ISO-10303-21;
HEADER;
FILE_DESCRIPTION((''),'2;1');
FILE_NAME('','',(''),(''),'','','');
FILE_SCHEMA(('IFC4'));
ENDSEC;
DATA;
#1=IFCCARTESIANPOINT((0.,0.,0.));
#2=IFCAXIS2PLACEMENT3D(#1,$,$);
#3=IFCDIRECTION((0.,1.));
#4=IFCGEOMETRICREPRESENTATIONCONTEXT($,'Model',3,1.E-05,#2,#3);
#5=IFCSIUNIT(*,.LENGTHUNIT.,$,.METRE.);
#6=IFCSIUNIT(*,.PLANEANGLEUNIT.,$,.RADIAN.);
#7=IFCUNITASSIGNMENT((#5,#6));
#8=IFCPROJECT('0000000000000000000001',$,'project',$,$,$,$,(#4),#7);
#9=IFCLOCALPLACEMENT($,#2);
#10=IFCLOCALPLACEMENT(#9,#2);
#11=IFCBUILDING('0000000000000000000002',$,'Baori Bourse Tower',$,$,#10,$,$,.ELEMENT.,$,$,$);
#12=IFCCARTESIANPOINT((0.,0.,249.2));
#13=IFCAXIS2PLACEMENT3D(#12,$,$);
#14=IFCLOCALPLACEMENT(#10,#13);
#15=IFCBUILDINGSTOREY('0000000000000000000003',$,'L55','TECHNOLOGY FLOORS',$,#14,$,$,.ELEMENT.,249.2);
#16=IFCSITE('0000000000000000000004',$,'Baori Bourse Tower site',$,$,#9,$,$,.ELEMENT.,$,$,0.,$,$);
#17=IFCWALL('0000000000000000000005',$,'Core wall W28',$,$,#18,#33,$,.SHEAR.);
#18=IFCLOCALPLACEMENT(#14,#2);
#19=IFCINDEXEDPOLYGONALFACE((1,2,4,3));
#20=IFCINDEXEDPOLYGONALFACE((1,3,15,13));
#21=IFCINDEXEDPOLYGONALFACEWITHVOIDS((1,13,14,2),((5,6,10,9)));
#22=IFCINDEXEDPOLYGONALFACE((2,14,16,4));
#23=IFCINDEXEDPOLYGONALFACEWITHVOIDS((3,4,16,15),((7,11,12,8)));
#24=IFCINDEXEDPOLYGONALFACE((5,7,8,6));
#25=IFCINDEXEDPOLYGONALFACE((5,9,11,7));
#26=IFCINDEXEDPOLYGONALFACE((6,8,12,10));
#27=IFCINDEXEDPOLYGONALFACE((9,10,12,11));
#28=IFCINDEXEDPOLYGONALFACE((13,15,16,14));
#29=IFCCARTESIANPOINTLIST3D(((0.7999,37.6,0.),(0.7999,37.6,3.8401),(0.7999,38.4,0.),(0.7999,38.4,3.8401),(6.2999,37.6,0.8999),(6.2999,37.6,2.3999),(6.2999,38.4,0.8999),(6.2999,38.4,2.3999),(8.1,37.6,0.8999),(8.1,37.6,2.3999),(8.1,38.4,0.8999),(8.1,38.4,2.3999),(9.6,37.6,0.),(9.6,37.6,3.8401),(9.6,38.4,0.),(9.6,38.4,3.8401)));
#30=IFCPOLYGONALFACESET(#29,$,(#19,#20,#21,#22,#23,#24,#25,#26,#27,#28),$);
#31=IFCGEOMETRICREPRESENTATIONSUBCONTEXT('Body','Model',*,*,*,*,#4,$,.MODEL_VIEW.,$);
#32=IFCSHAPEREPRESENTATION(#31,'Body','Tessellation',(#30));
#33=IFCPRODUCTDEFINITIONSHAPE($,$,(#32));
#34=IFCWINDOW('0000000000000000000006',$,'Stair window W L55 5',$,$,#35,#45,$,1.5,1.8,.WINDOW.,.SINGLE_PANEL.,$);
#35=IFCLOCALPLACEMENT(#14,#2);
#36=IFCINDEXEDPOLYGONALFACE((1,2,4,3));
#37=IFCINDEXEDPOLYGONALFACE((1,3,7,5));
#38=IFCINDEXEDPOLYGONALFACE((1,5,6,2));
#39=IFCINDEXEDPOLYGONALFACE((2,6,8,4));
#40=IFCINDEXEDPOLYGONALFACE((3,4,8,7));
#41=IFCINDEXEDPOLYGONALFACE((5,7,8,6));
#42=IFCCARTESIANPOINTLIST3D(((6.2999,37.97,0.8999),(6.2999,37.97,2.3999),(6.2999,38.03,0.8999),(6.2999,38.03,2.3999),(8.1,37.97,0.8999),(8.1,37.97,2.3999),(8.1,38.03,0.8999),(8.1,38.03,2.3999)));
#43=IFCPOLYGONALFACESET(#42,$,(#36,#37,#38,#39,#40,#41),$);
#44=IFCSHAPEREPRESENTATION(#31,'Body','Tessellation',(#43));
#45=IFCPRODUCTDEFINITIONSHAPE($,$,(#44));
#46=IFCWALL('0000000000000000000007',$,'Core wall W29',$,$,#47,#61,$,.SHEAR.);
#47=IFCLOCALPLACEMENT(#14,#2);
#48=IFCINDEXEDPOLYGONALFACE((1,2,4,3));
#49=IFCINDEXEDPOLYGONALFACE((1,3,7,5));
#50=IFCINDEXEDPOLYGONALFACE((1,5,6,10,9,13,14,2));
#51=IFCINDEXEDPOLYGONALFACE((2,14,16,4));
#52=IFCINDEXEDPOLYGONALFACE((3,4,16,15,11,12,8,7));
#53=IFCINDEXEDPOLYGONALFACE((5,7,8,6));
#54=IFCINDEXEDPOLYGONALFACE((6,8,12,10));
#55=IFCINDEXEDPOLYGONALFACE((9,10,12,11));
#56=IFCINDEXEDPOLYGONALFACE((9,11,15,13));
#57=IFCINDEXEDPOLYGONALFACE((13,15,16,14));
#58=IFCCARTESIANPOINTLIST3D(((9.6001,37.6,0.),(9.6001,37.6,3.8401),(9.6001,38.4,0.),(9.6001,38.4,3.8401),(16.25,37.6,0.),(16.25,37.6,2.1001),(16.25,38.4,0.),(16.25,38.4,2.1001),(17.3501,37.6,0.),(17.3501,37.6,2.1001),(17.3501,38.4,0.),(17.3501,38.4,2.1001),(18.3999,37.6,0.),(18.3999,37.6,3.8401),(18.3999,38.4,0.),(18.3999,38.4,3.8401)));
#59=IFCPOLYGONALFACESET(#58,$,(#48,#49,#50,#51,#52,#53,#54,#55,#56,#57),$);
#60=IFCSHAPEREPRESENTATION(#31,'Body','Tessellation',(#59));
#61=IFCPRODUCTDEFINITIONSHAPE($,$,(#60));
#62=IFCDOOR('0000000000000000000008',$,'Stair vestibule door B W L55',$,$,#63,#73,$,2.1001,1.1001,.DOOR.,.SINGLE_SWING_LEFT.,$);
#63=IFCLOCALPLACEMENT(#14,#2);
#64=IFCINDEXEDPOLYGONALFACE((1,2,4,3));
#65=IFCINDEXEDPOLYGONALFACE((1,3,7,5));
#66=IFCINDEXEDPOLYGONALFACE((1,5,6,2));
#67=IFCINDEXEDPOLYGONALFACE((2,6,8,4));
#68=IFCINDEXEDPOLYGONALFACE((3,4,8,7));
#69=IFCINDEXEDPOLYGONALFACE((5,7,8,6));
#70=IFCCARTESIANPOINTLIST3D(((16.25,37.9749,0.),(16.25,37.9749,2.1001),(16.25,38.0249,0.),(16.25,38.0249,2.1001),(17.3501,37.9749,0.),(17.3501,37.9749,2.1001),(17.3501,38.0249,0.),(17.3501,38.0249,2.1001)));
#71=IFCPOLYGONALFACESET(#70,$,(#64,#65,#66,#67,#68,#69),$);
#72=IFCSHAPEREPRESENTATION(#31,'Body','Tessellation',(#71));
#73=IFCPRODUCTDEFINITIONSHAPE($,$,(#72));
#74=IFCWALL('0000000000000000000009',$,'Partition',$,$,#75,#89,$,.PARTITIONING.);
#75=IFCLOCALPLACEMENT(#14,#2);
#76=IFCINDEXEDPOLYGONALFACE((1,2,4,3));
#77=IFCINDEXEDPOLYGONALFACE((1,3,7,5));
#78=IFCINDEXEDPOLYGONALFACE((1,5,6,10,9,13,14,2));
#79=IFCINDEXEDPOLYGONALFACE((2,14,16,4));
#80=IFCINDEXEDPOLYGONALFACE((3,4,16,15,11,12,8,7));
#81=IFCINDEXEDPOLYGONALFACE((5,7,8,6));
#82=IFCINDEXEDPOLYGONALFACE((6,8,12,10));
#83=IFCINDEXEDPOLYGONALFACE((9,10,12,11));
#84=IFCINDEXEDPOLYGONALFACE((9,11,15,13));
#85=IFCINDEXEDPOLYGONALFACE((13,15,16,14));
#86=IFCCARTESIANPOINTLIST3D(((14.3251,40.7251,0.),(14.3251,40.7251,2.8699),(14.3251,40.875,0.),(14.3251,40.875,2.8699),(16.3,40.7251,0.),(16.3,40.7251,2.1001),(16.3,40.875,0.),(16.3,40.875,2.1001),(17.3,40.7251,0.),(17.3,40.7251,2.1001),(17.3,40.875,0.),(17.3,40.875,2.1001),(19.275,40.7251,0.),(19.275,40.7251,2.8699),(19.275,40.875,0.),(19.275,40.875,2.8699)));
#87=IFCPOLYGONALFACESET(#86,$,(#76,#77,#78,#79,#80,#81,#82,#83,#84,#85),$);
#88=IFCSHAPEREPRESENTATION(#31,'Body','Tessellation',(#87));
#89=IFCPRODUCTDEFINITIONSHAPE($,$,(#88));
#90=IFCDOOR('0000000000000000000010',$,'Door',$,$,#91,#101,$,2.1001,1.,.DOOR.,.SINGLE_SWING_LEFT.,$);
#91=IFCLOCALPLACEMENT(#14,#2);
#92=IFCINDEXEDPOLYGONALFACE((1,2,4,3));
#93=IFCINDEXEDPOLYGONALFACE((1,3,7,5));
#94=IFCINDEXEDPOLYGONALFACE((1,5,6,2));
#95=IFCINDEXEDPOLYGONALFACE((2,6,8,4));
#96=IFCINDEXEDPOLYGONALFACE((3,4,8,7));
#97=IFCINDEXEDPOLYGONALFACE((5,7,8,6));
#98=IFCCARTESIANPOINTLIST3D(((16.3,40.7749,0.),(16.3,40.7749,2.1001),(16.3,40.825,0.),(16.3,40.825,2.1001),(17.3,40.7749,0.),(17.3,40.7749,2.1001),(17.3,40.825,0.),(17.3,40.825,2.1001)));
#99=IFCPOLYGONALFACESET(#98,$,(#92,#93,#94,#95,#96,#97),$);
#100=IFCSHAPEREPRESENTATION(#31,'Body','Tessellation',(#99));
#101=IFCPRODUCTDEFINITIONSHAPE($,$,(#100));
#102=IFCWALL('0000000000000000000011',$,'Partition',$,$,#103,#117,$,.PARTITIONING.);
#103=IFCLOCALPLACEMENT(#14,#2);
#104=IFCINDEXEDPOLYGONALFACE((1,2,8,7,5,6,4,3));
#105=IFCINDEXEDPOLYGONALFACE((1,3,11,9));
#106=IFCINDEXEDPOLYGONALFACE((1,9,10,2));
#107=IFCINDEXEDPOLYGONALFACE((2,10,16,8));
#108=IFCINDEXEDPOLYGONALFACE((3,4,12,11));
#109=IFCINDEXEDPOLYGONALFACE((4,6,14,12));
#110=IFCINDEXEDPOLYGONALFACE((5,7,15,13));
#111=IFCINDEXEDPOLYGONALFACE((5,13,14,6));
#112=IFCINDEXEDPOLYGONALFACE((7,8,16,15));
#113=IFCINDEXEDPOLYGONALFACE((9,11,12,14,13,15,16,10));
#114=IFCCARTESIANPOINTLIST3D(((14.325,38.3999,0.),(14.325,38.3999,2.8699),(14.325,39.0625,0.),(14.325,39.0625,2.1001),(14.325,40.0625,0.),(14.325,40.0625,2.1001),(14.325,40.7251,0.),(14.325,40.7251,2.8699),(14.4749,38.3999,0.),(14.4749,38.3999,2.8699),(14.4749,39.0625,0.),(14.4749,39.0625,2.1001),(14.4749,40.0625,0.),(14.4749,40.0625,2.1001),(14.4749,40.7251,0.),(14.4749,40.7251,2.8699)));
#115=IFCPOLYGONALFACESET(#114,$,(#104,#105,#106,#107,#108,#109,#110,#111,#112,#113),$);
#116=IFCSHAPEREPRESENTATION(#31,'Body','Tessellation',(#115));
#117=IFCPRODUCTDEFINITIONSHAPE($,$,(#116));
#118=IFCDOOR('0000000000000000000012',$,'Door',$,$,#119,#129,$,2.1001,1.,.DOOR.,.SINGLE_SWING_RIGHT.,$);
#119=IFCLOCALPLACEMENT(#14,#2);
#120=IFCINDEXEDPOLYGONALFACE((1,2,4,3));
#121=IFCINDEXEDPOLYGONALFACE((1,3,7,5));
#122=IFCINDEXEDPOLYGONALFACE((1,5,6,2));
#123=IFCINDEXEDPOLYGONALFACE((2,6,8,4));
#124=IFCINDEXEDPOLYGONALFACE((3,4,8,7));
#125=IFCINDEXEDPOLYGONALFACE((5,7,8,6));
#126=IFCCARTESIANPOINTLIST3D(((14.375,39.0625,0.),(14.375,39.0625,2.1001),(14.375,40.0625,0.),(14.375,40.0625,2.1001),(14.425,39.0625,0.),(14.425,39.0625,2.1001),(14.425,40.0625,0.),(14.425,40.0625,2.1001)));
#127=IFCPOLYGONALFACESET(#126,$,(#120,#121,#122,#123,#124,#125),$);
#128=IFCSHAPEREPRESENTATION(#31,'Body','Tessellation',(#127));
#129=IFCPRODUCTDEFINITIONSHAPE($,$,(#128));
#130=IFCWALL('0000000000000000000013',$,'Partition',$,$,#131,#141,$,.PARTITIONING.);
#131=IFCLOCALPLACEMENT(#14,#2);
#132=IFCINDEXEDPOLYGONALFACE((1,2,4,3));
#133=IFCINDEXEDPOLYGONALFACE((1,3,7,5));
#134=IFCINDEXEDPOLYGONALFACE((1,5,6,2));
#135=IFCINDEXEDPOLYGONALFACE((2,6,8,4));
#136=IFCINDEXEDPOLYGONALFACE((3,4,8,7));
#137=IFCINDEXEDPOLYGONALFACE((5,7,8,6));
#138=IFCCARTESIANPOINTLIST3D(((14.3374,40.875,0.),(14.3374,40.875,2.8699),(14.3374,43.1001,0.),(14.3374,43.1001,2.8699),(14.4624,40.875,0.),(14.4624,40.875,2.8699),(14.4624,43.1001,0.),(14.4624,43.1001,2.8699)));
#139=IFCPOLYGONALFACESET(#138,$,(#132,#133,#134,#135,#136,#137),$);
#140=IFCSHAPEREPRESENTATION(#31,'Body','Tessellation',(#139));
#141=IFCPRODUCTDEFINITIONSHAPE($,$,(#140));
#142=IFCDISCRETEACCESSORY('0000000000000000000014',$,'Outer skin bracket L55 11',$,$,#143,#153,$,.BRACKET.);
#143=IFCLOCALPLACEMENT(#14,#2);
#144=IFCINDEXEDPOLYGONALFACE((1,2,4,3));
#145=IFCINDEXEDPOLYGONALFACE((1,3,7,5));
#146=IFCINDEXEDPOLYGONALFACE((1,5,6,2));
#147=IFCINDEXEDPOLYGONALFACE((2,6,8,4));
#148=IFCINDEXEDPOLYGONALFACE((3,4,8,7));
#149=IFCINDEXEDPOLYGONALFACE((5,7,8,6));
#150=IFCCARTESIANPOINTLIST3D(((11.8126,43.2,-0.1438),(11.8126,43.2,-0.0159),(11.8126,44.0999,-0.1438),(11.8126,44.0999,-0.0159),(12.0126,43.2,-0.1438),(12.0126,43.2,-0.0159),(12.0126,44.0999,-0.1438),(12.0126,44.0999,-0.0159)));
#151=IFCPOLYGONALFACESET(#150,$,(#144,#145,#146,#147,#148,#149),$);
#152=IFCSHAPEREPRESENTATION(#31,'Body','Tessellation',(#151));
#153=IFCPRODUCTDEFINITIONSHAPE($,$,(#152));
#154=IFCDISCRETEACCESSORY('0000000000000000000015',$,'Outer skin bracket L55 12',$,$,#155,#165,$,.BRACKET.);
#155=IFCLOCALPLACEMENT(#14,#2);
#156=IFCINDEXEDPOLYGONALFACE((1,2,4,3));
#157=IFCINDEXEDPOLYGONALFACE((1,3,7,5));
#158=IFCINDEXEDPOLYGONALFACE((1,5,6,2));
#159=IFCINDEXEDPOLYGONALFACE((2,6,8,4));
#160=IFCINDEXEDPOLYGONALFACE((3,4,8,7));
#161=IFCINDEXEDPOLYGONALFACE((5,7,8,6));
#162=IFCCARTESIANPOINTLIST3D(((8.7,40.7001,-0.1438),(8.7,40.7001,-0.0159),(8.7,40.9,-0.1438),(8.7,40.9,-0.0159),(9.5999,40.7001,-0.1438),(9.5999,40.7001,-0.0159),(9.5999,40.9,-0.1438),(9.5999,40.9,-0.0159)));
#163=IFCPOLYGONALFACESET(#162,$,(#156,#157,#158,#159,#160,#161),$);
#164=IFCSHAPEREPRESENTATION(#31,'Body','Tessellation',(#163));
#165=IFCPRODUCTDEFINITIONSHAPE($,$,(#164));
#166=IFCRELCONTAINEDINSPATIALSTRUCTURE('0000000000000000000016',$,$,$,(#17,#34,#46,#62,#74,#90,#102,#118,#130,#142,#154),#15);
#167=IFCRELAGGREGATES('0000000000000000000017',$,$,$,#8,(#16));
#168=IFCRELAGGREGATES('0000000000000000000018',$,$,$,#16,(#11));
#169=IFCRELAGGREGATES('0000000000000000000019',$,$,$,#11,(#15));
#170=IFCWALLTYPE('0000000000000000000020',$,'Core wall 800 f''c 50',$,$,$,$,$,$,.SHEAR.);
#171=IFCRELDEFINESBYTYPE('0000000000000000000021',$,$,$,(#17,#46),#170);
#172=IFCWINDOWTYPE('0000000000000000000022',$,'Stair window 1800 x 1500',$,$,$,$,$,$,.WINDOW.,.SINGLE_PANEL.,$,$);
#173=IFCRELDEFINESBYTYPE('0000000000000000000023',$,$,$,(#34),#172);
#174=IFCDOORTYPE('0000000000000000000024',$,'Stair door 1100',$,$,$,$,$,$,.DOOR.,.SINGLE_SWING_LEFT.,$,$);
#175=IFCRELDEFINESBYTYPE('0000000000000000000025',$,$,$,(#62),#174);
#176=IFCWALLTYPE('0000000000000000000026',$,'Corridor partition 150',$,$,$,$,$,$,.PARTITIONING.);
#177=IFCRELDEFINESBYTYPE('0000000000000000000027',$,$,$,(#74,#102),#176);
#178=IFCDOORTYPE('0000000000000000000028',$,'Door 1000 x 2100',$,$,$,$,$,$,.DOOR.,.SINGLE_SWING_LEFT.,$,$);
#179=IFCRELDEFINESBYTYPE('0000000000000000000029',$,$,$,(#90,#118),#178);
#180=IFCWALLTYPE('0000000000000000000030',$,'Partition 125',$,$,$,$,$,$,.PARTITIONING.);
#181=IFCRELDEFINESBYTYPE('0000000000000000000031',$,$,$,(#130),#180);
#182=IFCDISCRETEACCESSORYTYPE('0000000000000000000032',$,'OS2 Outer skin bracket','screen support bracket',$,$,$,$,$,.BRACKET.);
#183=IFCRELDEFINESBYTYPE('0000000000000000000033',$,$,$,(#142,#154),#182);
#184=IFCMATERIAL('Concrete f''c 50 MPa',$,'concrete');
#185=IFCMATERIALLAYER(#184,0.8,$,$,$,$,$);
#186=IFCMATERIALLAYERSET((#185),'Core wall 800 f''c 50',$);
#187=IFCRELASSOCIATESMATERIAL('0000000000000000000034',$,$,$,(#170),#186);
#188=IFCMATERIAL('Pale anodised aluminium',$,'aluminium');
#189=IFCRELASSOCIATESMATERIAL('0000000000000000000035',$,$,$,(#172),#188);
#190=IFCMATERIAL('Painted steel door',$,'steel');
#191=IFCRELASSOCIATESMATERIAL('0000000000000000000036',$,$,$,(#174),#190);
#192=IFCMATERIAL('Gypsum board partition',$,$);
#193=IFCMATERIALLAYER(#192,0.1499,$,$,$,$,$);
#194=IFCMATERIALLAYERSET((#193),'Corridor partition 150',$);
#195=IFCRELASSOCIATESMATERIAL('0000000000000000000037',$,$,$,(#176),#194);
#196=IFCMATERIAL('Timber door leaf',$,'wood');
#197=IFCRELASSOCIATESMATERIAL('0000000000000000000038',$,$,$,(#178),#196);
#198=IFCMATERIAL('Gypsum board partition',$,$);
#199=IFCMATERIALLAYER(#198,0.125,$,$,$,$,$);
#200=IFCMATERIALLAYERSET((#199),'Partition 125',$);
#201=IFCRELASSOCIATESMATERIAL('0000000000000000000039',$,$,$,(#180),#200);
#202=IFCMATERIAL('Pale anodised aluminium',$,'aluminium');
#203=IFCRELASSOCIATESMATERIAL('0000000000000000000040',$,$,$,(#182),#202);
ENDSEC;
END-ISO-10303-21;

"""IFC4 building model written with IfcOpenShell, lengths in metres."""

from ifc_helpers import new_model, si_unit, direction, frame, frame_2d, origin, origin_2d, place, context, subcontext, project, spatial, rectangle, extrude, material, layer, layer_set, type_object, element, fill, save


model = new_model("IFC4")

# Units and contexts
model_context = context("Model", 3, precision=1e-05, world=origin(), true_north=direction((0.0, 1.0)))
body_context = subcontext(model_context, "Body", "Model", "MODEL_VIEW")
ifc_project = project(units=[si_unit("LENGTHUNIT", "METRE"), si_unit("PLANEANGLEUNIT", "RADIAN")], contexts=[model_context])

# Site, building, storey
site_placement = place(None, origin())
site = spatial("IfcSite", under=ifc_project, at=site_placement, Name="Baori Bourse Tower site", CompositionType="ELEMENT", RefElevation=0.0)
building_placement = place(site_placement, origin())
building = spatial("IfcBuilding", under=site, at=building_placement, Name="Baori Bourse Tower", CompositionType="ELEMENT")
storey_placement = place(building_placement, frame((0.0, 0.0, 249.2)))
storey = spatial("IfcBuildingStorey", under=building, at=storey_placement, Name="L55", Description="TECHNOLOGY FLOORS", CompositionType="ELEMENT", Elevation=249.2)

# Wall, opening, window
ifc_material_1 = material(Name="Concrete f'c 50 MPa", Category="concrete")
ifc_layer_1 = layer(ifc_material_1, 0.8)
ifc_layer_set_1 = layer_set([ifc_layer_1], Name="Core wall 800 f'c 50")
wall_type_1 = type_object("IfcWallType", Name="Core wall 800 f'c 50", PredefinedType="SHEAR", material=ifc_layer_set_1)
wall_1_placement = place(storey_placement, frame((0.8, 38.0, 0.0), z_axis=(0.0, 0.0, 1.0), x_axis=(1.0, 0.0, 0.0)))
wall_1 = element("IfcWall", 1, at=wall_1_placement, inside=storey, type_object=wall_type_1, Name="Core wall W28", PredefinedType="SHEAR", context=body_context, shape_type="SweptSolid", body=[
    extrude(rectangle(XDim=8.8, YDim=0.8, at=frame_2d((4.3999, 0.0))), origin(), (0.0, 0.0, 1.0), 3.8401),
])
opening_1_placement = place(wall_1_placement, frame((5.5, 0.0, 0.8999)))
opening_1 = element("IfcOpeningElement", 2, at=opening_1_placement, cuts=wall_1, PredefinedType="OPENING", context=body_context, shape_type="SweptSolid", body=[
    extrude(rectangle(XDim=1.8, YDim=1.5, at=frame_2d((0.8999, 0.75))), frame((0.0, 0.4099, 0.0), z_axis=(0.0, -1.0, 0.0), x_axis=(1.0, 0.0, 0.0)), (0.0, 0.0, 1.0), 0.8201),
])
ifc_material_2 = material(Name="Pale anodised aluminium", Category="aluminium")
window_type = type_object("IfcWindowType", Name="Stair window 1800 x 1500", PartitioningType="SINGLE_PANEL", PredefinedType="WINDOW", material=ifc_material_2)
window_placement = place(opening_1_placement, origin())
window = element("IfcWindow", 3, at=window_placement, inside=storey, type_object=window_type, Name="Stair window W L55 5", OverallHeight=1.5, OverallWidth=1.8, PartitioningType="SINGLE_PANEL", PredefinedType="WINDOW", context=body_context, shape_type="SweptSolid", body=[
    extrude(rectangle(XDim=1.8, YDim=1.5, at=frame_2d((0.8999, 0.75))), frame((0.0, 0.03, 0.0), z_axis=(0.0, -1.0, 0.0), x_axis=(1.0, 0.0, 0.0)), (0.0, 0.0, 1.0), 0.0601),
])
fill(opening_1, window)

# Walls, openings, doors
wall_2_placement = place(storey_placement, frame((9.6001, 38.0, 0.0), z_axis=(0.0, 0.0, 1.0), x_axis=(1.0, 0.0, 0.0)))
wall_2 = element("IfcWall", 4, at=wall_2_placement, inside=storey, type_object=wall_type_1, Name="Core wall W29", PredefinedType="SHEAR", context=body_context, shape_type="SweptSolid", body=[
    extrude(rectangle(XDim=8.7998, YDim=0.8, at=frame_2d((4.3999, 0.0))), origin(), (0.0, 0.0, 1.0), 3.8401),
])
opening_2_placement = place(wall_2_placement, frame((6.6499, 0.0, 0.0)))
opening_2 = element("IfcOpeningElement", 5, at=opening_2_placement, cuts=wall_2, PredefinedType="OPENING", context=body_context, shape_type="SweptSolid", body=[
    extrude(rectangle(XDim=1.1001, YDim=2.1001, at=frame_2d((0.55, 1.05))), frame((0.0, 0.4099, 0.0), z_axis=(0.0, -1.0, 0.0), x_axis=(1.0, 0.0, 0.0)), (0.0, 0.0, 1.0), 0.8201),
])
ifc_material_3 = material(Name="Painted steel door", Category="steel")
door_type_1 = type_object("IfcDoorType", Name="Stair door 1100", OperationType="SINGLE_SWING_LEFT", PredefinedType="DOOR", material=ifc_material_3)
door_1_placement = place(opening_2_placement, origin())
door_1 = element("IfcDoor", 6, at=door_1_placement, inside=storey, type_object=door_type_1, Name="Stair vestibule door B W L55", OperationType="SINGLE_SWING_LEFT", OverallHeight=2.1001, OverallWidth=1.1001, PredefinedType="DOOR", context=body_context, shape_type="SweptSolid", body=[
    extrude(rectangle(XDim=1.1001, YDim=2.1001, at=frame_2d((0.55, 1.05))), frame((0.0, 0.0249, 0.0), z_axis=(0.0, -1.0, 0.0), x_axis=(1.0, 0.0, 0.0)), (0.0, 0.0, 1.0), 0.05),
])
fill(opening_2, door_1)
ifc_material_4 = material(Name="Gypsum board partition")
ifc_layer_2 = layer(ifc_material_4, 0.1499)
ifc_layer_set_2 = layer_set([ifc_layer_2], Name="Corridor partition 150")
wall_type_2 = type_object("IfcWallType", Name="Corridor partition 150", PredefinedType="PARTITIONING", material=ifc_layer_set_2)
wall_3_placement = place(storey_placement, frame((14.325, 40.8, 0.0), z_axis=(0.0, 0.0, 1.0), x_axis=(1.0, 0.0, 0.0)))
wall_3 = element("IfcWall", 7, at=wall_3_placement, inside=storey, type_object=wall_type_2, Name="Partition", PredefinedType="PARTITIONING", context=body_context, shape_type="SweptSolid", body=[
    extrude(rectangle(XDim=4.95, YDim=0.1499, at=frame_2d((2.4751, 0.0))), origin(), (0.0, 0.0, 1.0), 2.8699),
])
opening_3_placement = place(wall_3_placement, frame((1.9751, 0.0, 0.0)))
opening_3 = element("IfcOpeningElement", 8, at=opening_3_placement, cuts=wall_3, PredefinedType="OPENING", context=body_context, shape_type="SweptSolid", body=[
    extrude(rectangle(XDim=1.0, YDim=2.1001, at=frame_2d((0.5, 1.05))), frame((0.0, 0.085, 0.0), z_axis=(0.0, -1.0, 0.0), x_axis=(1.0, 0.0, 0.0)), (0.0, 0.0, 1.0), 0.1699),
])
ifc_material_5 = material(Name="Timber door leaf", Category="wood")
door_type_2 = type_object("IfcDoorType", Name="Door 1000 x 2100", OperationType="SINGLE_SWING_LEFT", PredefinedType="DOOR", material=ifc_material_5)
door_2_placement = place(opening_3_placement, origin())
door_2 = element("IfcDoor", 9, at=door_2_placement, inside=storey, type_object=door_type_2, Name="Door", OperationType="SINGLE_SWING_LEFT", OverallHeight=2.1001, OverallWidth=1.0, PredefinedType="DOOR", context=body_context, shape_type="SweptSolid", body=[
    extrude(rectangle(XDim=1.0, YDim=2.1001, at=frame_2d((0.5, 1.05))), frame((0.0, 0.0249, 0.0), z_axis=(0.0, -1.0, 0.0), x_axis=(1.0, 0.0, 0.0)), (0.0, 0.0, 1.0), 0.05),
])
fill(opening_3, door_2)
wall_4_placement = place(storey_placement, frame((14.3999, 38.3999, 0.0), z_axis=(0.0, 0.0, 1.0), x_axis=(0.0, 1.0, 0.0)))
wall_4 = element("IfcWall", 10, at=wall_4_placement, inside=storey, type_object=wall_type_2, Name="Partition", PredefinedType="PARTITIONING", context=body_context, shape_type="SweptSolid", body=[
    extrude(rectangle(XDim=2.3252, YDim=0.1499, at=frame_2d((1.1626, 0.0))), origin(), (0.0, 0.0, 1.0), 2.8699),
])
opening_4_placement = place(wall_4_placement, frame((0.6626, 0.0, 0.0)))
opening_4 = element("IfcOpeningElement", 11, at=opening_4_placement, cuts=wall_4, PredefinedType="OPENING", context=body_context, shape_type="SweptSolid", body=[
    extrude(rectangle(XDim=1.0, YDim=2.1001, at=frame_2d((0.5, 1.05))), frame((0.0, 0.085, 0.0), z_axis=(0.0, -1.0, 0.0), x_axis=(1.0, 0.0, 0.0)), (0.0, 0.0, 1.0), 0.1699),
])
door_3_placement = place(opening_4_placement, origin())
door_3 = element("IfcDoor", 12, at=door_3_placement, inside=storey, type_object=door_type_2, Name="Door", OperationType="SINGLE_SWING_RIGHT", OverallHeight=2.1001, OverallWidth=1.0, PredefinedType="DOOR", context=body_context, shape_type="SweptSolid", body=[
    extrude(rectangle(XDim=1.0, YDim=2.1001, at=frame_2d((0.5, 1.05))), frame((0.0, 0.0249, 0.0), z_axis=(0.0, -1.0, 0.0), x_axis=(1.0, 0.0, 0.0)), (0.0, 0.0, 1.0), 0.05),
])
fill(opening_4, door_3)

# Wall
ifc_material_6 = material(Name="Gypsum board partition")
ifc_layer_3 = layer(ifc_material_6, 0.125)
ifc_layer_set_3 = layer_set([ifc_layer_3], Name="Partition 125")
wall_type_3 = type_object("IfcWallType", Name="Partition 125", PredefinedType="PARTITIONING", material=ifc_layer_set_3)
wall_5_placement = place(storey_placement, frame((14.3999, 40.875, 0.0), z_axis=(0.0, 0.0, 1.0), x_axis=(0.0, 1.0, 0.0)))
element("IfcWall", 13, at=wall_5_placement, inside=storey, type_object=wall_type_3, Name="Partition", PredefinedType="PARTITIONING", context=body_context, shape_type="SweptSolid", body=[
    extrude(rectangle(XDim=2.2251, YDim=0.125, at=frame_2d((1.1125, 0.0))), origin(), (0.0, 0.0, 1.0), 2.8699),
])

# Discrete accessories
ifc_material_7 = material(Name="Pale anodised aluminium", Category="aluminium")
discrete_accessory_type = type_object("IfcDiscreteAccessoryType", Name="OS2 Outer skin bracket", Description="screen support bracket", PredefinedType="BRACKET", material=ifc_material_7)
for number, where, z_axis, x_axis, name in (
    (14, (11.9126, 43.6499, -0.1438), (0.0, 0.0, 1.0), (-1.0, 0.0, 0.0), "Outer skin bracket L55 11"),
    (15, (9.1499, 40.8, -0.1438), (0.0, 0.0, 1.0), (0.0, -1.0, 0.0), "Outer skin bracket L55 12"),
):
    element("IfcDiscreteAccessory", number, at=place(storey_placement, frame(where, z_axis=z_axis, x_axis=x_axis)), inside=storey, type_object=discrete_accessory_type, Name=name, PredefinedType="BRACKET", context=body_context, shape_type="SweptSolid", body=[
        extrude(rectangle(XDim=0.2, YDim=0.8999, at=origin_2d()), origin(), (0.0, 0.0, 1.0), 0.1279),
    ])

save(model, "model.ifc")
